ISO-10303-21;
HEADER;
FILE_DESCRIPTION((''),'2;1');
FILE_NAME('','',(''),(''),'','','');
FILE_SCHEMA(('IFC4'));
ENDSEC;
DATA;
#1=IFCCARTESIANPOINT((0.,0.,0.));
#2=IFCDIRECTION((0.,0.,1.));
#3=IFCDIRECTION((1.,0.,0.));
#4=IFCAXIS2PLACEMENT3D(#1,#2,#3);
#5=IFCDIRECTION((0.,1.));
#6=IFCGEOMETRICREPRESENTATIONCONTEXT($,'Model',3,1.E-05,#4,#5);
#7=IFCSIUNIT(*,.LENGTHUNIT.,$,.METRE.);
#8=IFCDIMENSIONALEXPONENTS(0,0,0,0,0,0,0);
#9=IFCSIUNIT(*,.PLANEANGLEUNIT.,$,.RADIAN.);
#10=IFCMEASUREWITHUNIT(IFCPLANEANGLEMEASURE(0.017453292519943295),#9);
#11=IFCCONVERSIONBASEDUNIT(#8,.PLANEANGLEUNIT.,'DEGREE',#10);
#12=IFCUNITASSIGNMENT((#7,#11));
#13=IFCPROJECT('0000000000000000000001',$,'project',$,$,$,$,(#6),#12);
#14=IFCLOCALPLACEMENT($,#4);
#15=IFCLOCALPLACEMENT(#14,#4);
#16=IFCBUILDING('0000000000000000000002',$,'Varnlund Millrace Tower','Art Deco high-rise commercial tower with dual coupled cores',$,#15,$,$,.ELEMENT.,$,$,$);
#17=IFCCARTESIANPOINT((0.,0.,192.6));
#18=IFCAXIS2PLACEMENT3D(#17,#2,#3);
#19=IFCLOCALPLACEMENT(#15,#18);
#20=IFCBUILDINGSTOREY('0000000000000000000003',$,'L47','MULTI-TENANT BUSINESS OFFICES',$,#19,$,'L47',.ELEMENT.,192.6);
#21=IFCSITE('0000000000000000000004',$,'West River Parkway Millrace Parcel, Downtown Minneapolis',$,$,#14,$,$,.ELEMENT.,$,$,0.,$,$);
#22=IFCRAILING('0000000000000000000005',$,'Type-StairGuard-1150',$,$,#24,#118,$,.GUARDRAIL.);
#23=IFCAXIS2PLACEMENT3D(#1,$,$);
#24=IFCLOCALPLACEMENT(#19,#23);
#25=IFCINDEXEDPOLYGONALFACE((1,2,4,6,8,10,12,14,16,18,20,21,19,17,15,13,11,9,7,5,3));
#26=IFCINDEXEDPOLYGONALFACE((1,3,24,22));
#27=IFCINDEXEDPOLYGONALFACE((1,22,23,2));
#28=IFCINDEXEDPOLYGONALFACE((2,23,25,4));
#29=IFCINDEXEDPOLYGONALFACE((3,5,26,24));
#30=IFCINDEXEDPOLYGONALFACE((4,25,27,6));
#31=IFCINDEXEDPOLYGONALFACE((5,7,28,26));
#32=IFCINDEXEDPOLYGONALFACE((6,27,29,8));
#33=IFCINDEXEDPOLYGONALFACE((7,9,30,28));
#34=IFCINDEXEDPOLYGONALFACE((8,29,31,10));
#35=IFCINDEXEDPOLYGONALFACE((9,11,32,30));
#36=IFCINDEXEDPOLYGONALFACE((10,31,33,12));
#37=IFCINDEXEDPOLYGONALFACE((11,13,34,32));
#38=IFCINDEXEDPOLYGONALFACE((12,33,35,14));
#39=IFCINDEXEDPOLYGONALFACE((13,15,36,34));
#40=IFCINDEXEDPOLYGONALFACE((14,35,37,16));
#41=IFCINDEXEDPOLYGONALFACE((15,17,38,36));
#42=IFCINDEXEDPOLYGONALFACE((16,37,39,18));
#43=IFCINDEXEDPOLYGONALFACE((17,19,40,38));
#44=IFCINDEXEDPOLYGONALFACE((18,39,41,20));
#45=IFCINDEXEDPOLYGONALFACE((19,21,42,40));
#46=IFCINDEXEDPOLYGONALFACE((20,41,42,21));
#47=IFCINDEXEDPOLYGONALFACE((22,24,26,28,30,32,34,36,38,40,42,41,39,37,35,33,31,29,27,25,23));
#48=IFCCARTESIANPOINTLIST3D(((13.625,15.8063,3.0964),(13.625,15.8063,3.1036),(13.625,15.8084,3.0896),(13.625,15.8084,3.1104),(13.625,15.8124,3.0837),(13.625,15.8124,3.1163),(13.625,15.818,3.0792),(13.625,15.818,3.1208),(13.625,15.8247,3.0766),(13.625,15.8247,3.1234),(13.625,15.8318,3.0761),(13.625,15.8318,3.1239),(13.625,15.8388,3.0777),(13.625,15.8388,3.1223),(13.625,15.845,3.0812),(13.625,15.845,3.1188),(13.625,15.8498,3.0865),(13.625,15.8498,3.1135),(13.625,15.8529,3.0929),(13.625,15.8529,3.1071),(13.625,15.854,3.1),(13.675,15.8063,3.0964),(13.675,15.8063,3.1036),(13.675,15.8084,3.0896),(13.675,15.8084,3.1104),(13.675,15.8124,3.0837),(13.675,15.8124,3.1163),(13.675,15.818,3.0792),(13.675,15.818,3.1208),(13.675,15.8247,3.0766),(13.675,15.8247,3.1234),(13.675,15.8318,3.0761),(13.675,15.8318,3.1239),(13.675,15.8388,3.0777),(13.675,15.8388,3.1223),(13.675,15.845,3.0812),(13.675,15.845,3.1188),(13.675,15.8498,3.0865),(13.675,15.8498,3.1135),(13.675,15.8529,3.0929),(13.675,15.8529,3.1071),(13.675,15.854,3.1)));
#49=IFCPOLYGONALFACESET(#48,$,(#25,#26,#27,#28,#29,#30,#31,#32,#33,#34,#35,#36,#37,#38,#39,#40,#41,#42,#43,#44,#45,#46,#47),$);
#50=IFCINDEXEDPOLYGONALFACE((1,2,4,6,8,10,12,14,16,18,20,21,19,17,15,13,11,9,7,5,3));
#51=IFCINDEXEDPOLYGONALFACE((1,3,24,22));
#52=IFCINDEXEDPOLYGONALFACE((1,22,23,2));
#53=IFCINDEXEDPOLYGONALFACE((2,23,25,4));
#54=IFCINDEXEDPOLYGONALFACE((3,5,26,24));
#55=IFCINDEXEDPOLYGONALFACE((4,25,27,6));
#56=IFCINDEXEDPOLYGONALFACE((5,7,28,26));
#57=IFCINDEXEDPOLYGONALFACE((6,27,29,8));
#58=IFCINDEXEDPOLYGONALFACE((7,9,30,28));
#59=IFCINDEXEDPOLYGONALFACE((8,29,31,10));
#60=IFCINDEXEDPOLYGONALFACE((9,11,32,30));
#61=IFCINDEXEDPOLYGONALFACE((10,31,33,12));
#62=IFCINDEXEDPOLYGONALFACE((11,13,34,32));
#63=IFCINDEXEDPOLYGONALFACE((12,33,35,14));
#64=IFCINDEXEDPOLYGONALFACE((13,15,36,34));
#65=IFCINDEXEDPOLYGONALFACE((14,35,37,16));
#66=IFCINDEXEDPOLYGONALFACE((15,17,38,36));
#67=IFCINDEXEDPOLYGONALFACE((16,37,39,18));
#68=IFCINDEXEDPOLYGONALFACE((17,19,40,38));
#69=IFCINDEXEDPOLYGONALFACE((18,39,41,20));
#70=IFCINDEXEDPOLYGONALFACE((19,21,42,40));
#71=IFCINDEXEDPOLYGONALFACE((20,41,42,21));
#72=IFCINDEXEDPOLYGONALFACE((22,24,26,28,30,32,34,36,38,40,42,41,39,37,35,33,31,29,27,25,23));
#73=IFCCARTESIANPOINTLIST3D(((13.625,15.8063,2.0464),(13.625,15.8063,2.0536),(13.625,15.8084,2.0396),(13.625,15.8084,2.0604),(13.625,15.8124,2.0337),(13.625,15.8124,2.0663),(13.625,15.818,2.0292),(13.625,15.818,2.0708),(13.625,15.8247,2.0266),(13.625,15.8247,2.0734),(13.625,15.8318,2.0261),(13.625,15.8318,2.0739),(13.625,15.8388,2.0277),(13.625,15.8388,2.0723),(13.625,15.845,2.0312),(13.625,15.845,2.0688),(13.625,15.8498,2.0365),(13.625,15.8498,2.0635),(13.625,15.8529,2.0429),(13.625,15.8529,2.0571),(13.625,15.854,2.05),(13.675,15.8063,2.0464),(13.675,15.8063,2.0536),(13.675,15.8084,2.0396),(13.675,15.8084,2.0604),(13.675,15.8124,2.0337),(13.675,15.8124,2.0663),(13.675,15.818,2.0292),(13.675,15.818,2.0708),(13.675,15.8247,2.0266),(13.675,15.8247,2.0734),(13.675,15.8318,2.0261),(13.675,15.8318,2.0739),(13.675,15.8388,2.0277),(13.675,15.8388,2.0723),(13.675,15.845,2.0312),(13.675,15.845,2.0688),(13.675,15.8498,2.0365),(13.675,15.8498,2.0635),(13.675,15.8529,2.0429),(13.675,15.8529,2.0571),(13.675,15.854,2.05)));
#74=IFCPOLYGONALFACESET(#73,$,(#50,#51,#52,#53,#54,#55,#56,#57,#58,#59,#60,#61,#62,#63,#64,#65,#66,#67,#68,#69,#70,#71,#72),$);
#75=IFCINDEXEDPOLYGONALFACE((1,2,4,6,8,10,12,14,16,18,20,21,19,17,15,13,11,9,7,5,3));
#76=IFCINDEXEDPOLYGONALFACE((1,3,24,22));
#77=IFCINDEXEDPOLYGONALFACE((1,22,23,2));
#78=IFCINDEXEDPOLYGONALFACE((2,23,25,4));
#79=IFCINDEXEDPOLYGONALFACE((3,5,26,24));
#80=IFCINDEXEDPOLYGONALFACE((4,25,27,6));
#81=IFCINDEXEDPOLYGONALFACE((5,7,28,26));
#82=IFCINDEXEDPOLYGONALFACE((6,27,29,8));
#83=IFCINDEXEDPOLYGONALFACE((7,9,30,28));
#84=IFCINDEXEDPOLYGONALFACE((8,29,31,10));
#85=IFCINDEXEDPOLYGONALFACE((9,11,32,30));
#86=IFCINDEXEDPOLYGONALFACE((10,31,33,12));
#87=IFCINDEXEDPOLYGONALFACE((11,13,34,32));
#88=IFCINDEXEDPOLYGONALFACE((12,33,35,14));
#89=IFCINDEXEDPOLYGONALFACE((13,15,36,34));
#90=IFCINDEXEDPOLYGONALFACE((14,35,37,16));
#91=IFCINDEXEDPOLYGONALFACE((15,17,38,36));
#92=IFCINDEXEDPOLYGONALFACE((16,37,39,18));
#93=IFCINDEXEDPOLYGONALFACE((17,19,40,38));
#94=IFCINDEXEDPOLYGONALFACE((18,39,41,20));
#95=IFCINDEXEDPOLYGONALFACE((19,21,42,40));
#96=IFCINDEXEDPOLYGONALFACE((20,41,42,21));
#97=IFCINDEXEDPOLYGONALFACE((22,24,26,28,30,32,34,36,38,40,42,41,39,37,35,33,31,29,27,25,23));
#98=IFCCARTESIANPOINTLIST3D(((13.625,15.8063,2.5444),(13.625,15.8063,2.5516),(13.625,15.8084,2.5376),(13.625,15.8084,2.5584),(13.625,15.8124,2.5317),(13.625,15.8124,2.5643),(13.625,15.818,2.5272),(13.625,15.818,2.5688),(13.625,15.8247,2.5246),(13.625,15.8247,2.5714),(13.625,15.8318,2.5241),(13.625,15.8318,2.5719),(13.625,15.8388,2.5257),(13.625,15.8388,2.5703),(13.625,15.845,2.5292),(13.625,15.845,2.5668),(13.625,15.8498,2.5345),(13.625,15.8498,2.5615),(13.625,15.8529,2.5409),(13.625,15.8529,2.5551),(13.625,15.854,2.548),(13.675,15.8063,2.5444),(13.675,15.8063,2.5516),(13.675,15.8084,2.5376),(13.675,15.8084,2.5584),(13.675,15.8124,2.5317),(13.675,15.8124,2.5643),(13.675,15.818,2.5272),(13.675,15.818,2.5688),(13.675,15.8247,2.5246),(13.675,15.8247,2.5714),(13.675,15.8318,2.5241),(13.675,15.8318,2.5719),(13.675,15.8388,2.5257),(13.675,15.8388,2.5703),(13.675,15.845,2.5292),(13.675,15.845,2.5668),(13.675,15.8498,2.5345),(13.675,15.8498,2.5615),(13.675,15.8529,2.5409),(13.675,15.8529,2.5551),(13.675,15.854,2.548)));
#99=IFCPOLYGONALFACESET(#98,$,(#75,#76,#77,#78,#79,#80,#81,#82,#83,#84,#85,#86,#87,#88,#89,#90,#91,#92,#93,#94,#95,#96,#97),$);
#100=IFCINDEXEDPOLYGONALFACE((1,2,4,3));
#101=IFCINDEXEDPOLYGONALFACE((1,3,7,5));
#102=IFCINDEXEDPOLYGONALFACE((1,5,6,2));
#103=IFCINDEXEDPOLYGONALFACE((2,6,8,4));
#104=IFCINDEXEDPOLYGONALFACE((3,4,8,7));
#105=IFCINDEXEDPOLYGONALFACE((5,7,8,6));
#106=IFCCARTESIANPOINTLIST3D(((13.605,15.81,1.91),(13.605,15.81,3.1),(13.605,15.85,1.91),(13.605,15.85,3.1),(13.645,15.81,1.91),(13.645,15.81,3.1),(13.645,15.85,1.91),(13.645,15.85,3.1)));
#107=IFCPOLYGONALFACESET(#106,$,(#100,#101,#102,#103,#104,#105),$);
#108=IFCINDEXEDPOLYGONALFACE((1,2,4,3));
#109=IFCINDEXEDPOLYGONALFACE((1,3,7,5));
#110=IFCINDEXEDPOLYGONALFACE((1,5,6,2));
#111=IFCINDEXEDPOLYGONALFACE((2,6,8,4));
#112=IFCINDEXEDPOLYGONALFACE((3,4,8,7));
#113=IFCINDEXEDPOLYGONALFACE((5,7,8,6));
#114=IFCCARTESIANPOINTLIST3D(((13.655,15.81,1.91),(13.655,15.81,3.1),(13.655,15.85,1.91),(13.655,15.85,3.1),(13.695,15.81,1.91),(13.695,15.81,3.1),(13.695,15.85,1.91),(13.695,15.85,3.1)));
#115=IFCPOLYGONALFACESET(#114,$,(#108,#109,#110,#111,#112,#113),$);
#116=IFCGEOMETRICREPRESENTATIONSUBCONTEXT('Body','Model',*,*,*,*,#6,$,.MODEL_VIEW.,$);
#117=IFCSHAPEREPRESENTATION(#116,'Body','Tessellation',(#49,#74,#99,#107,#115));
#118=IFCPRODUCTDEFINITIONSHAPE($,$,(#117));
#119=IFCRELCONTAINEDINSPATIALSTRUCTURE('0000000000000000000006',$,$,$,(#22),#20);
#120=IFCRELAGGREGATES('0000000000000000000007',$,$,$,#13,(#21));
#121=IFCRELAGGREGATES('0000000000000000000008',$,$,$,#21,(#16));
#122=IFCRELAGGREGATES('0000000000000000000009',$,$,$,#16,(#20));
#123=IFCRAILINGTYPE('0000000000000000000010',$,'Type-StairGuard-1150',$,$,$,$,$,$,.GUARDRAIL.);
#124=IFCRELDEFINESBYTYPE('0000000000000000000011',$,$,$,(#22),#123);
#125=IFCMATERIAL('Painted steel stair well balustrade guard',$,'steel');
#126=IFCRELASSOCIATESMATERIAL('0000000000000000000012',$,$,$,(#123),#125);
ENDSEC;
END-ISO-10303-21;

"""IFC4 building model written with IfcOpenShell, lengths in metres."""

from ifc_helpers import new_model, entity, si_unit, converted_unit, direction, frame, origin_with_axes, origin_2d_with_axis, place, context, subcontext, project, spatial, rectangle, circle, extrude, material, type_object, element, save


model = new_model("IFC4")

# Units and contexts
model_context = context("Model", 3, precision=1e-05, world=origin_with_axes(), true_north=direction((0.0, 1.0)))
body_context = subcontext(model_context, "Body", "Model", "MODEL_VIEW")
ifc_project = project(units=[si_unit("LENGTHUNIT", "METRE"), converted_unit("PLANEANGLEUNIT", "DEGREE", entity("IfcPlaneAngleMeasure", 0.017453292519943295), si_unit("PLANEANGLEUNIT", "RADIAN"), dimensions=[0, 0, 0, 0, 0, 0, 0])], contexts=[model_context])

# Site, building, storey
site_placement = place(None, origin_with_axes())
site = spatial("IfcSite", under=ifc_project, at=site_placement, Name="West River Parkway Millrace Parcel, Downtown Minneapolis", CompositionType="ELEMENT", RefElevation=0.0)
building_placement = place(site_placement, origin_with_axes())
building = spatial("IfcBuilding", under=site, at=building_placement, Name="Varnlund Millrace Tower", Description="Art Deco high-rise commercial tower with dual coupled cores", CompositionType="ELEMENT")
storey_placement = place(building_placement, frame((0.0, 0.0, 192.6), z_axis=(0.0, 0.0, 1.0), x_axis=(1.0, 0.0, 0.0)))
storey = spatial("IfcBuildingStorey", under=building, at=storey_placement, Name="L47", Description="MULTI-TENANT BUSINESS OFFICES", LongName="L47", CompositionType="ELEMENT", Elevation=192.6)

# Railing
ifc_material_1 = material(Name="Painted steel stair well balustrade guard", Category="steel")
railing_type_1 = type_object("IfcRailingType", Name="Type-StairGuard-1150", PredefinedType="GUARDRAIL", material=ifc_material_1)
railing_1_placement = place(storey_placement, frame((0.0, 0.0, -192.6), z_axis=(0.0, 0.0, 1.0), x_axis=(1.0, 0.0, 0.0)))
element("IfcRailing", 1, at=railing_1_placement, inside=storey, type_object=railing_type_1, Name="Type-StairGuard-1150", PredefinedType="GUARDRAIL", context=body_context, shape_type="SweptSolid", body=[
    extrude(circle(Radius=0.024, at=origin_2d_with_axis()), frame((13.625, 15.83, 195.7), z_axis=(1.0, 0.0, 0.0), x_axis=(0.0, 1.0, 0.0)), (0.0, 0.0, 1.0), 0.05),
    extrude(circle(Radius=0.024, at=origin_2d_with_axis()), frame((13.625, 15.83, 194.65), z_axis=(1.0, 0.0, 0.0), x_axis=(0.0, 1.0, 0.0)), (0.0, 0.0, 1.0), 0.05),
    extrude(circle(Radius=0.024, at=origin_2d_with_axis()), frame((13.625, 15.83, 195.148), z_axis=(1.0, 0.0, 0.0), x_axis=(0.0, 1.0, 0.0)), (0.0, 0.0, 1.0), 0.05),
    extrude(rectangle(XDim=0.04, YDim=0.04, at=origin_2d_with_axis()), frame((13.625, 15.83, 194.51), z_axis=(0.0, 0.0, 1.0), x_axis=(1.0, 0.0, 0.0)), (0.0, 0.0, 1.0), 1.19),
    extrude(rectangle(XDim=0.04, YDim=0.04, at=origin_2d_with_axis()), frame((13.675, 15.83, 194.51), z_axis=(0.0, 0.0, 1.0), x_axis=(1.0, 0.0, 0.0)), (0.0, 0.0, 1.0), 1.19),
])

save(model, "model.ifc")
